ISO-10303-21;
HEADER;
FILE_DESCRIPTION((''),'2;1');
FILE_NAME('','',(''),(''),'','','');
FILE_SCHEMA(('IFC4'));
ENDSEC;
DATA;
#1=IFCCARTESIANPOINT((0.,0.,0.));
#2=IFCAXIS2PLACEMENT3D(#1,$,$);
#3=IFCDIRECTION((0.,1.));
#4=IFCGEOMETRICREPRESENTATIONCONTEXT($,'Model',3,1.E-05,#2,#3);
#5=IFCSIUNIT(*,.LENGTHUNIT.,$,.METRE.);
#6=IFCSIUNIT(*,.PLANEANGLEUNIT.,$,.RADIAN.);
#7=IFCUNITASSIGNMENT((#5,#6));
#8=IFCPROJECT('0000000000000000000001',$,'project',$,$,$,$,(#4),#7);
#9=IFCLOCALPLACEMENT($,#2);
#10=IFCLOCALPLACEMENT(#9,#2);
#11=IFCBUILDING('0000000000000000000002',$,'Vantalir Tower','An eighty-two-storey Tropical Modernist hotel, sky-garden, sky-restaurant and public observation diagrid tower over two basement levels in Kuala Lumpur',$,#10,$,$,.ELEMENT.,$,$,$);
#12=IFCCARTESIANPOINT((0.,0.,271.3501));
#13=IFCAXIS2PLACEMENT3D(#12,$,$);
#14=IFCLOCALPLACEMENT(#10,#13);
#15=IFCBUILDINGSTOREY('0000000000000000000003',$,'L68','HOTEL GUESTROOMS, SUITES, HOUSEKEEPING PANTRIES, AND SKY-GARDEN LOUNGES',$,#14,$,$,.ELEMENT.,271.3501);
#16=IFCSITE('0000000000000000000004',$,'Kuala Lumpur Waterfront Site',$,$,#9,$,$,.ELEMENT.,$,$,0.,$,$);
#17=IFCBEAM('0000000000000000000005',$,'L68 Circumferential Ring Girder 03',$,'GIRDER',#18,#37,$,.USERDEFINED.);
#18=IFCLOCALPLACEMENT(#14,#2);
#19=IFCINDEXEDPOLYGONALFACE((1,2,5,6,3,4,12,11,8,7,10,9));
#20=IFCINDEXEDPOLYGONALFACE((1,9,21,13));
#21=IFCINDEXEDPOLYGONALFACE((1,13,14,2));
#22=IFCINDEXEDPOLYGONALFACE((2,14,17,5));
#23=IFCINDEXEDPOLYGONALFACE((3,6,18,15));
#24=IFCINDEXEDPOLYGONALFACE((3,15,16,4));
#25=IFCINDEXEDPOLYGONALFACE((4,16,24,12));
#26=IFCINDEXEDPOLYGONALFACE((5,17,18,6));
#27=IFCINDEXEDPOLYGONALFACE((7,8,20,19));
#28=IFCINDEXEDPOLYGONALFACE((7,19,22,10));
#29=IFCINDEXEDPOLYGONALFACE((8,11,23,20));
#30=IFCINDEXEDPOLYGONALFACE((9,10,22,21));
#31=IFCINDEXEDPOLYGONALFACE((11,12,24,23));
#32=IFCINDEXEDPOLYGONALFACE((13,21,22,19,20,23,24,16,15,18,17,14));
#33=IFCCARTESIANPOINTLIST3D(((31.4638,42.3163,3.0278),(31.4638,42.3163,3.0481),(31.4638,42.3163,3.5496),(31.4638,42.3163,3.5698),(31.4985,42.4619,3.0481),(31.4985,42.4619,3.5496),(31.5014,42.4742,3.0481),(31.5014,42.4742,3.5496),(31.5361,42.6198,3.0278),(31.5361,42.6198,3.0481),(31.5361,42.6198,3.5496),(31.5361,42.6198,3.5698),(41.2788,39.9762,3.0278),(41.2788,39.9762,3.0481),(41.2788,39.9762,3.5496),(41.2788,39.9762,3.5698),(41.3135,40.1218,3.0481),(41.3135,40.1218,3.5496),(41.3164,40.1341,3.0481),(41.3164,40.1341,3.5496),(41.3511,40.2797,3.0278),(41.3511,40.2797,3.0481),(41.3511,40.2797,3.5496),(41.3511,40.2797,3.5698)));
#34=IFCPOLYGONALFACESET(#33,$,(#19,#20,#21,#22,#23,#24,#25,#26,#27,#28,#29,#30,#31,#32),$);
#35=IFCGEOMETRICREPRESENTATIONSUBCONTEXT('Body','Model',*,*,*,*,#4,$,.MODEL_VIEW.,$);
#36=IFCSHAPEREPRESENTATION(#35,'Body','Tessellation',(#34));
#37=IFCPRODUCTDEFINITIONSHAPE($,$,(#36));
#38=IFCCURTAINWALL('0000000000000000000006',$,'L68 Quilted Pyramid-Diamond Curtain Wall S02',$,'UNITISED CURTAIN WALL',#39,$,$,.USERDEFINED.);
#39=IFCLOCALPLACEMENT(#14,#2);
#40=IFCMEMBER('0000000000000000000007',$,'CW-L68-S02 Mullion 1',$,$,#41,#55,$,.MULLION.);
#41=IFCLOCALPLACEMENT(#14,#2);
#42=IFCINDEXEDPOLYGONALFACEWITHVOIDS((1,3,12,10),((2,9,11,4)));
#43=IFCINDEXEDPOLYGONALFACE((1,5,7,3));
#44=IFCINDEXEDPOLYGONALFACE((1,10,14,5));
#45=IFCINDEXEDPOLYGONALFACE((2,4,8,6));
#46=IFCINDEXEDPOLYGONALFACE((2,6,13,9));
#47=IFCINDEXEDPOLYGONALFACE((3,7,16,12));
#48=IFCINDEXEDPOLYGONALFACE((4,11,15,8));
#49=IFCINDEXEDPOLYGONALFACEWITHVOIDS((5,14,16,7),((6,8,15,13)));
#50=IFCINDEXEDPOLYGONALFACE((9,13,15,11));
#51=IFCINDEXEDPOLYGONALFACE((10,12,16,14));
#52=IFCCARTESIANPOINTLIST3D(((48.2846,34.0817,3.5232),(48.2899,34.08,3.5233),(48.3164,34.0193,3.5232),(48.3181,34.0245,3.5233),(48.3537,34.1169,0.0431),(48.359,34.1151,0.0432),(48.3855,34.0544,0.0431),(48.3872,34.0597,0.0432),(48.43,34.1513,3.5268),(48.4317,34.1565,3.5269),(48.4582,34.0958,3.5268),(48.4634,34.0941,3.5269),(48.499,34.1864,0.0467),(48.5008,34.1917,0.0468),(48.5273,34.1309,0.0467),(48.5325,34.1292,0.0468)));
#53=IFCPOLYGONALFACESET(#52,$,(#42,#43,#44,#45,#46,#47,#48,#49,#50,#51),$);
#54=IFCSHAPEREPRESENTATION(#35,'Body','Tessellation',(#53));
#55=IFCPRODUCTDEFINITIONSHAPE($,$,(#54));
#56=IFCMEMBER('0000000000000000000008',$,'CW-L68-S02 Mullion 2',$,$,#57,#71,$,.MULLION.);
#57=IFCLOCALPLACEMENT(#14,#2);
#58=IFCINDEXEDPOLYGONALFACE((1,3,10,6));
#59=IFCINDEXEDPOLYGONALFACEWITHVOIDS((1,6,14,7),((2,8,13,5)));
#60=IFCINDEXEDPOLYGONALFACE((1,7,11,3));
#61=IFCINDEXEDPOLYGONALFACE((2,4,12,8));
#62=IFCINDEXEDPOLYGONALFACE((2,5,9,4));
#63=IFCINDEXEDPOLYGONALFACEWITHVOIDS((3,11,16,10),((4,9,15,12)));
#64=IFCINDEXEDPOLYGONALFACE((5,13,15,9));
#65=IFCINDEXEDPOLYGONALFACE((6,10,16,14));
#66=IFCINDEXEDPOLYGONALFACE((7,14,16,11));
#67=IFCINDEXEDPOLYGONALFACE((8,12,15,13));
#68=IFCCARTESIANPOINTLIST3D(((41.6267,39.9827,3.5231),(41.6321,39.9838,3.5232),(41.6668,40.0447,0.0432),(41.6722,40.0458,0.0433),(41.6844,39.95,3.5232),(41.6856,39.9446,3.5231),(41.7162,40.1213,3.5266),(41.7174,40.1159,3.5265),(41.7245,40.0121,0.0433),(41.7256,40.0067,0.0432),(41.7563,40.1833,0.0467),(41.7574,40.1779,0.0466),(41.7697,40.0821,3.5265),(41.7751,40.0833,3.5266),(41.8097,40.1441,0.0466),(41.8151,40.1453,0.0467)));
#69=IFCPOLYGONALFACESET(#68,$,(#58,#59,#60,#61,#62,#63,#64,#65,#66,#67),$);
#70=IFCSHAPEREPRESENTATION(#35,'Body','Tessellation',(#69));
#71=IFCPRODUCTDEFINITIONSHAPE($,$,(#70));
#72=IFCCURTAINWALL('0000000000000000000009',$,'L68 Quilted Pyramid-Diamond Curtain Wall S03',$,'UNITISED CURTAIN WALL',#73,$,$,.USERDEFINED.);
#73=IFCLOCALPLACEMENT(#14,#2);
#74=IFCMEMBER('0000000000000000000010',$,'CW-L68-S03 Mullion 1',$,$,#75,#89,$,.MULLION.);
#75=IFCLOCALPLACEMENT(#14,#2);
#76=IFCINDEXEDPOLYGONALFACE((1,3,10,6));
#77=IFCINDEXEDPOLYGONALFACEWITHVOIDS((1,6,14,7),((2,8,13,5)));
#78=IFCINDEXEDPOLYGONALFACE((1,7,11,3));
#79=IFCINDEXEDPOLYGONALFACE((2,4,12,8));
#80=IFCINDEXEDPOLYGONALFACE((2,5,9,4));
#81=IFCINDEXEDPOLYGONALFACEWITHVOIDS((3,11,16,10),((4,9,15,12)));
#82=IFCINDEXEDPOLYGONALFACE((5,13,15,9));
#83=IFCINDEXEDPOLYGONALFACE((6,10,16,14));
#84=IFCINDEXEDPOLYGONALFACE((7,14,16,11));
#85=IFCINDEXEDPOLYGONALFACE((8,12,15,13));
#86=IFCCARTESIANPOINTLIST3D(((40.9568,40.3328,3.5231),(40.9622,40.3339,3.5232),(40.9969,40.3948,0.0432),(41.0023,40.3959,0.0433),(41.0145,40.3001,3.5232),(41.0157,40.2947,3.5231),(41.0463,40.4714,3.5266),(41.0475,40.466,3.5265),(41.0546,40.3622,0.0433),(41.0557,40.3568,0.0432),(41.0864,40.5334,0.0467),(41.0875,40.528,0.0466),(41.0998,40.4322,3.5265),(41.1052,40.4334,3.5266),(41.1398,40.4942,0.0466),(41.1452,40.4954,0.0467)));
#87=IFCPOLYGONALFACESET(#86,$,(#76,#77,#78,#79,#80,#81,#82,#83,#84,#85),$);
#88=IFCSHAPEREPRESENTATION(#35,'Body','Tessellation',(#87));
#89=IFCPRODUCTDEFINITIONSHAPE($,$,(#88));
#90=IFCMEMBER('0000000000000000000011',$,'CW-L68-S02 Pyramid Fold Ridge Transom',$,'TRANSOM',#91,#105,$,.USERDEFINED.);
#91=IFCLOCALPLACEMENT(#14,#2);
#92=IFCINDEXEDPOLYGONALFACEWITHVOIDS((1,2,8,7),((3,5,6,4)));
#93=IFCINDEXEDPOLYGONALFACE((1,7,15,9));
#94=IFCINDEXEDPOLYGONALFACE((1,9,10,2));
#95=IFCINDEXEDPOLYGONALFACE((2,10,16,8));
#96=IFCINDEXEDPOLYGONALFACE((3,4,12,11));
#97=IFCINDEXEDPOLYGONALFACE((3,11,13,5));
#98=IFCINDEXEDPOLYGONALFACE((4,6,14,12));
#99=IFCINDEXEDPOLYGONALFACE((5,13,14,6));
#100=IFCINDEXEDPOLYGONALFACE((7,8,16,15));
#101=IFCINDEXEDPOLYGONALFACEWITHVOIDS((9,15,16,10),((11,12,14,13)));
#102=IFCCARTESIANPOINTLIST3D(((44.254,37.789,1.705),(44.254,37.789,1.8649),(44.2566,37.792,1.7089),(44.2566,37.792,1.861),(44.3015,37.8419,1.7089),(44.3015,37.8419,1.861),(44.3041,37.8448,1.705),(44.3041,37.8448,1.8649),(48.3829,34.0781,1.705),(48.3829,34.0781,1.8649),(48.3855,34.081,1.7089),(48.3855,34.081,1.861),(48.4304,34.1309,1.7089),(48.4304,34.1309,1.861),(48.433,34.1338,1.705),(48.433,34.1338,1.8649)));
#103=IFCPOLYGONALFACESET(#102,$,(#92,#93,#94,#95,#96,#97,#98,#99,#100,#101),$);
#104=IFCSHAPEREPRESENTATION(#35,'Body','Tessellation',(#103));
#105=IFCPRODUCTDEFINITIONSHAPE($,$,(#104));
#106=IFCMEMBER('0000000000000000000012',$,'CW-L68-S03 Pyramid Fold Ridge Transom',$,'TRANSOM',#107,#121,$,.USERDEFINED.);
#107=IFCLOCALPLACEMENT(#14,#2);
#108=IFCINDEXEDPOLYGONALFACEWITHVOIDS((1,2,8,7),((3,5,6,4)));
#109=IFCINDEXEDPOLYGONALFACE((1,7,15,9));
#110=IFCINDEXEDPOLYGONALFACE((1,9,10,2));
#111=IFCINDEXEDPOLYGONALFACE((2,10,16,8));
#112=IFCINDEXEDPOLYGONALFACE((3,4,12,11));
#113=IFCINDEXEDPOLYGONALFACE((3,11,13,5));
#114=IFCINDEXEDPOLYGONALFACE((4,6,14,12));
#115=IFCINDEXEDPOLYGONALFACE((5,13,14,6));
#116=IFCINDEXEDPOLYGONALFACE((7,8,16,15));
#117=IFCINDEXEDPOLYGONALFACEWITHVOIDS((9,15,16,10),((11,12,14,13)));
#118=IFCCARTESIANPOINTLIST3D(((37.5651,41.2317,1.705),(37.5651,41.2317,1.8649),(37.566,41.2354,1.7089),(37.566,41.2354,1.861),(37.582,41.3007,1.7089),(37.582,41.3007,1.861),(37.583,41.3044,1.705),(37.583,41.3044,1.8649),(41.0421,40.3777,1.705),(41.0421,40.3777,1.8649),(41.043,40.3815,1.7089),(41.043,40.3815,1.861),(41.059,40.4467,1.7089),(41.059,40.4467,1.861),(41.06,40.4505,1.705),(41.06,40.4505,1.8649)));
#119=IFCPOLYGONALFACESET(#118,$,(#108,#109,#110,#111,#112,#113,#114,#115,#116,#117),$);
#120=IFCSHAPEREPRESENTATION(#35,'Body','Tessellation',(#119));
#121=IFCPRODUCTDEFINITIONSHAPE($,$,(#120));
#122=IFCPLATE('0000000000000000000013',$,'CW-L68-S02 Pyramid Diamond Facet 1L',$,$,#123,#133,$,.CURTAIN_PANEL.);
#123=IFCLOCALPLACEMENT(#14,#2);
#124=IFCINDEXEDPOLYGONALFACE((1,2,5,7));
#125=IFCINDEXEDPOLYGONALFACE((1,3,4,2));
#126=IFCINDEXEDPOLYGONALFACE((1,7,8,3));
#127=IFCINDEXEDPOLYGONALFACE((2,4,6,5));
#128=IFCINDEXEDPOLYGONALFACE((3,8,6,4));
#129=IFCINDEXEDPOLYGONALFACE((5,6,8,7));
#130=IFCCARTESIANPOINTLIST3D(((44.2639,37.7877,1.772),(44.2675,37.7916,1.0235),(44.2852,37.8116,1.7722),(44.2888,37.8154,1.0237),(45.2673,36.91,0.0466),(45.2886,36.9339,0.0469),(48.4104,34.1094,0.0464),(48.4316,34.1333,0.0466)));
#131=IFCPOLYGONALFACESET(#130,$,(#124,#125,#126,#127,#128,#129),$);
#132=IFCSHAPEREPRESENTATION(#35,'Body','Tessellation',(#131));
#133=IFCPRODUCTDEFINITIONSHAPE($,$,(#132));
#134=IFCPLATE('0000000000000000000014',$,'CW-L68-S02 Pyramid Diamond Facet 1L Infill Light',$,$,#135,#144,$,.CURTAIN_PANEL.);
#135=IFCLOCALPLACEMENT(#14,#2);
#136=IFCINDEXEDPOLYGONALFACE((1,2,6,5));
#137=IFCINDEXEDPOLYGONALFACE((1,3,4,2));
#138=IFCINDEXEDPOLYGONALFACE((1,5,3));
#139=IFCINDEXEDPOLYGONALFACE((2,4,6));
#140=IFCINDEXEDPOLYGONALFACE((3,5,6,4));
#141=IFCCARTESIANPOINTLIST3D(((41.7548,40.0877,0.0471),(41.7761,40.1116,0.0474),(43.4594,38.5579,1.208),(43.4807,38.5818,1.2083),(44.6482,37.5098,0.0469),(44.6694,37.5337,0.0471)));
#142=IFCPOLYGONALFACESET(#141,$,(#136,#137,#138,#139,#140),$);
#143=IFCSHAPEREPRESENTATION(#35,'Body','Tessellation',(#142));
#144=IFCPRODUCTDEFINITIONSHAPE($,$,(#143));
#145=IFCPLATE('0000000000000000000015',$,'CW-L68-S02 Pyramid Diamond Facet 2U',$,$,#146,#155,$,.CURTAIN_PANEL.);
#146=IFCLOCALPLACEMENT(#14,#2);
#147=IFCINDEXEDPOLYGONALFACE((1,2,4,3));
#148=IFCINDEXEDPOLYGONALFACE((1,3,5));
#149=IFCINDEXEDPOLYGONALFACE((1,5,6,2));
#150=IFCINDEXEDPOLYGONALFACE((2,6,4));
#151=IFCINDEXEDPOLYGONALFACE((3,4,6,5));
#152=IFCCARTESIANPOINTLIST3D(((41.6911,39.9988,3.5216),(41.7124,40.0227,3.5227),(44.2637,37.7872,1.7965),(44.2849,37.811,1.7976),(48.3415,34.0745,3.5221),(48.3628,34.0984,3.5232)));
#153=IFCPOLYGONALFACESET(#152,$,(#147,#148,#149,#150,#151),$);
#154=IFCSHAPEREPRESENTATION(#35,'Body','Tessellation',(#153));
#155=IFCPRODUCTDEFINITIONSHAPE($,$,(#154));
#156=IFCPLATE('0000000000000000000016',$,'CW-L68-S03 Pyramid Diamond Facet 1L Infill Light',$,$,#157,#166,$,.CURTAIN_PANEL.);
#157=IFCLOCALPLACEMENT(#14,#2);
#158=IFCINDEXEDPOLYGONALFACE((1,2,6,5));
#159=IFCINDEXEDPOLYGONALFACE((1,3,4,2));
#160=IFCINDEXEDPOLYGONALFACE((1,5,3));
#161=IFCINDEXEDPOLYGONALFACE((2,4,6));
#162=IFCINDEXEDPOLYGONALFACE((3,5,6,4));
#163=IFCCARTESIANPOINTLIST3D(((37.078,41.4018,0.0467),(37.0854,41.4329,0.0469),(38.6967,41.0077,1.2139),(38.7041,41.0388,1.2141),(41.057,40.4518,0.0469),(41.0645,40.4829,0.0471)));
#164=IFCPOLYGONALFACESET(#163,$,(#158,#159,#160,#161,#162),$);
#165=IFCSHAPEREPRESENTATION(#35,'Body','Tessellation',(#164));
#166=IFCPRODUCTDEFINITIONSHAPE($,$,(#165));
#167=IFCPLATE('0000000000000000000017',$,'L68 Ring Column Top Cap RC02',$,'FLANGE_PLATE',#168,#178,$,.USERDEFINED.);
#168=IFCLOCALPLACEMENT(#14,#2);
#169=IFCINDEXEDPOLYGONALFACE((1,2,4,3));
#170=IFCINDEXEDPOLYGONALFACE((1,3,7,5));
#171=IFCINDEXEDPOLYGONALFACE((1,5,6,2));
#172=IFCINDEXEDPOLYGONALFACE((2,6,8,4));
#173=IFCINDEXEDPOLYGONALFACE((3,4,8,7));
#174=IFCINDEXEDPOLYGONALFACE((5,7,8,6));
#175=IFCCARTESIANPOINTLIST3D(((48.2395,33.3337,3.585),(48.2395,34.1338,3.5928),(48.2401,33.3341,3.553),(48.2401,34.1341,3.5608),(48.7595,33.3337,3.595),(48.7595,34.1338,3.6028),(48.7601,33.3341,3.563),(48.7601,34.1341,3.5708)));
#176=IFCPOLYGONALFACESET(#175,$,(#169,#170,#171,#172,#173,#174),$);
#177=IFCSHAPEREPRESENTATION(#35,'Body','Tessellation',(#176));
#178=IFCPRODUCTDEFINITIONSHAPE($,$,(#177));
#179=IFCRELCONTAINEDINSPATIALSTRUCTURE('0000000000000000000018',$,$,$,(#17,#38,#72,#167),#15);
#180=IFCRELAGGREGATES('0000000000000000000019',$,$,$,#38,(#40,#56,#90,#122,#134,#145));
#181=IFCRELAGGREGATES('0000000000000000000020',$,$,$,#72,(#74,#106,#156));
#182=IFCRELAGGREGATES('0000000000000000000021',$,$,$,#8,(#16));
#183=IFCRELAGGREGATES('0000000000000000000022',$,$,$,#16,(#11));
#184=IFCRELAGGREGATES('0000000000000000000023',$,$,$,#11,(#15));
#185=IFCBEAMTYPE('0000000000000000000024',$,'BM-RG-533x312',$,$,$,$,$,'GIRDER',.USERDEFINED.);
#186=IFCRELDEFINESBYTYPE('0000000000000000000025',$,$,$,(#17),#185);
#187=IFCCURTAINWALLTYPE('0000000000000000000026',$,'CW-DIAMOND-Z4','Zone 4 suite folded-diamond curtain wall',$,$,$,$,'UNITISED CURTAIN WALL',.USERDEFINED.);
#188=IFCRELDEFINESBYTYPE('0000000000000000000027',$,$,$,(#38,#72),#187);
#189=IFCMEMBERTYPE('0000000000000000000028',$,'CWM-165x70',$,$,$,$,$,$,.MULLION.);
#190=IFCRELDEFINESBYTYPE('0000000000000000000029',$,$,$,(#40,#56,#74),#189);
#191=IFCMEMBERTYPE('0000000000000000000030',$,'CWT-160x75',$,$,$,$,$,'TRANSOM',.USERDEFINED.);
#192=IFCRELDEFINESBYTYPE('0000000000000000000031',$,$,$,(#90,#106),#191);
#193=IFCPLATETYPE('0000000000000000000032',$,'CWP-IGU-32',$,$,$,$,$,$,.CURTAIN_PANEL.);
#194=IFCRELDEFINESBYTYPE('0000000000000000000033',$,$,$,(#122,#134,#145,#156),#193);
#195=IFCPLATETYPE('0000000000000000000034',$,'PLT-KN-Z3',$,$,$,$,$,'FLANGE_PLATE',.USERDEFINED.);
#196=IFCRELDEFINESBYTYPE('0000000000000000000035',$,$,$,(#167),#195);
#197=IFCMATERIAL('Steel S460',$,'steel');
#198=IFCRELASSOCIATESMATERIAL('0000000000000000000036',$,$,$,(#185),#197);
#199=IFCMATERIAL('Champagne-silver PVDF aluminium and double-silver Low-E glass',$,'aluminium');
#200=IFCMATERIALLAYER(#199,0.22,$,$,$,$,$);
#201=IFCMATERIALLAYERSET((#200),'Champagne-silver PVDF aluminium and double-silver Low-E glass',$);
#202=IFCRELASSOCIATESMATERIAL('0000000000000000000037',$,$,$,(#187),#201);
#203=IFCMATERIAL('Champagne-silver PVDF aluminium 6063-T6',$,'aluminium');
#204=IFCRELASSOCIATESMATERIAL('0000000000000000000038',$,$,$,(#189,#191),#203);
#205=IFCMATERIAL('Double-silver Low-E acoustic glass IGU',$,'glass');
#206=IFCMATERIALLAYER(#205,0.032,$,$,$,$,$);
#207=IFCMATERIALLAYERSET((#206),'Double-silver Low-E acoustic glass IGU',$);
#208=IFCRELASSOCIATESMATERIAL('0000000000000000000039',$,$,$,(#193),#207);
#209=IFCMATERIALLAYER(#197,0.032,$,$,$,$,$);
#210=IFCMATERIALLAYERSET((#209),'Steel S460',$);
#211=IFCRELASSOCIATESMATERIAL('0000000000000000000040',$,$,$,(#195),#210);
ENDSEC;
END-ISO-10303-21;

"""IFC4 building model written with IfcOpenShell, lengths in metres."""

from ifc_helpers import new_model, si_unit, direction, frame, origin, origin_2d, place, context, subcontext, project, spatial, polyline, hollow_rectangle, i_section, outline, extrude, material, layer, layer_set, material_profile, profile_set, type_object, element, aggregate, save


model = new_model("IFC4")

# Units and contexts
model_context = context("Model", 3, precision=1e-05, world=origin(), true_north=direction((0.0, 1.0)))
body_context = subcontext(model_context, "Body", "Model", "MODEL_VIEW")
ifc_project = project(units=[si_unit("LENGTHUNIT", "METRE"), si_unit("PLANEANGLEUNIT", "RADIAN")], contexts=[model_context])

# Site, building, storey
site_placement = place(None, origin())
site = spatial("IfcSite", under=ifc_project, at=site_placement, Name="Kuala Lumpur Waterfront Site", CompositionType="ELEMENT", RefElevation=0.0)
building_placement = place(site_placement, origin())
building = spatial("IfcBuilding", under=site, at=building_placement, Name="Vantalir Tower", Description="An eighty-two-storey Tropical Modernist hotel, sky-garden, sky-restaurant and public observation diagrid tower over two basement levels in Kuala Lumpur", CompositionType="ELEMENT")
storey_placement = place(building_placement, frame((0.0, 0.0, 271.3501)))
storey = spatial("IfcBuildingStorey", under=building, at=storey_placement, Name="L68", Description="HOTEL GUESTROOMS, SUITES, HOUSEKEEPING PANTRIES, AND SKY-GARDEN LOUNGES", CompositionType="ELEMENT", Elevation=271.3501)

# Shared definitions
ifc_material_1 = material(Name="Steel S460", Category="steel")

# Beam
ifc_material_profile_1 = material_profile(ifc_material_1, i_section(OverallWidth=0.312, OverallDepth=0.542, WebThickness=0.0127, FlangeThickness=0.0203, at=origin_2d()), Name="Steel S460")
ifc_profile_set_1 = profile_set([ifc_material_profile_1], Name="Steel S460")
beam_type_1 = type_object("IfcBeamType", Name="BM-RG-533x312", ElementType="GIRDER", PredefinedType="USERDEFINED", material=ifc_profile_set_1)
beam_1_placement = place(storey_placement, frame((41.3149, 40.1279, 3.2988), z_axis=(-0.972735, 0.23192, 0.0), x_axis=(-0.23192, -0.972735, 0.0)))
element("IfcBeam", 1, at=beam_1_placement, inside=storey, type_object=beam_type_1, Name="L68 Circumferential Ring Girder 03", ObjectType="GIRDER", PredefinedType="USERDEFINED", context=body_context, shape_type="SweptSolid", body=[
    extrude(i_section(OverallWidth=0.312, OverallDepth=0.542, WebThickness=0.0127, FlangeThickness=0.0203, at=origin_2d()), origin(), (0.0, 0.0, 1.0), 10.0901),
])

# Curtain wall, members
ifc_material_2 = material(Name="Champagne-silver PVDF aluminium and double-silver Low-E glass", Category="aluminium")
ifc_layer_1 = layer(ifc_material_2, 0.22)
ifc_layer_set_1 = layer_set([ifc_layer_1], Name="Champagne-silver PVDF aluminium and double-silver Low-E glass")
curtain_wall_type = type_object("IfcCurtainWallType", Name="CW-DIAMOND-Z4", Description="Zone 4 suite folded-diamond curtain wall", ElementType="UNITISED CURTAIN WALL", PredefinedType="USERDEFINED", material=ifc_layer_set_1)
curtain_wall_1_placement = place(storey_placement, origin())
curtain_wall_1 = element("IfcCurtainWall", 2, at=curtain_wall_1_placement, inside=storey, type_object=curtain_wall_type, Name="L68 Quilted Pyramid-Diamond Curtain Wall S02", ObjectType="UNITISED CURTAIN WALL", PredefinedType="USERDEFINED")
ifc_material_3 = material(Name="Champagne-silver PVDF aluminium 6063-T6", Category="aluminium")
ifc_material_profile_2 = material_profile(ifc_material_3, hollow_rectangle(XDim=0.0701, YDim=0.165, WallThickness=0.0039, at=origin_2d()), Name="Champagne-silver PVDF aluminium 6063-T6")
ifc_profile_set_2 = profile_set([ifc_material_profile_2], Name="Champagne-silver PVDF aluminium 6063-T6")
member_type_1 = type_object("IfcMemberType", Name="CWM-165x70", PredefinedType="MULLION", material=ifc_profile_set_2)
member_1_placement = place(storey_placement, frame((48.4431, 34.123, 0.0449), z_axis=(-0.019849, -0.0101, 0.999752), x_axis=(0.453501, -0.891256, 0.0)))
member_1 = element("IfcMember", 3, at=member_1_placement, type_object=member_type_1, Name="CW-L68-S02 Mullion 1", PredefinedType="MULLION", context=body_context, shape_type="SweptSolid", body=[
    extrude(hollow_rectangle(XDim=0.0701, YDim=0.165, WallThickness=0.0039, at=origin_2d()), origin(), (0.0, 0.0, 1.0), 3.481),
])
member_2_placement = place(storey_placement, frame((41.741, 40.095, 0.0449), z_axis=(-0.011503, -0.017816, 0.999775), x_axis=(0.840102, -0.542428, 0.0)))
member_2 = element("IfcMember", 4, at=member_2_placement, type_object=member_type_1, Name="CW-L68-S02 Mullion 2", PredefinedType="MULLION", context=body_context, shape_type="SweptSolid", body=[
    extrude(hollow_rectangle(XDim=0.0701, YDim=0.165, WallThickness=0.0039, at=origin_2d()), origin(), (0.0, 0.0, 1.0), 3.4807),
])

# Curtain wall, member
curtain_wall_2_placement = place(storey_placement, origin())
curtain_wall_2 = element("IfcCurtainWall", 5, at=curtain_wall_2_placement, inside=storey, type_object=curtain_wall_type, Name="L68 Quilted Pyramid-Diamond Curtain Wall S03", ObjectType="UNITISED CURTAIN WALL", PredefinedType="USERDEFINED")
member_3_placement = place(storey_placement, frame((41.071, 40.4451, 0.0449), z_axis=(-0.011503, -0.017816, 0.999775), x_axis=(0.840102, -0.542428, 0.0)))
member_3 = element("IfcMember", 6, at=member_3_placement, type_object=member_type_1, Name="CW-L68-S03 Mullion 1", PredefinedType="MULLION", context=body_context, shape_type="SweptSolid", body=[
    extrude(hollow_rectangle(XDim=0.0701, YDim=0.165, WallThickness=0.0039, at=origin_2d()), origin(), (0.0, 0.0, 1.0), 3.4807),
])

# Members
ifc_material_profile_3 = material_profile(ifc_material_3, hollow_rectangle(XDim=0.075, YDim=0.1599, WallThickness=0.0039, at=origin_2d()), Name="Champagne-silver PVDF aluminium 6063-T6")
ifc_profile_set_3 = profile_set([ifc_material_profile_3], Name="Champagne-silver PVDF aluminium 6063-T6")
member_type_2 = type_object("IfcMemberType", Name="CWT-160x75", ElementType="TRANSOM", PredefinedType="USERDEFINED", material=ifc_profile_set_3)
member_4_placement = place(storey_placement, frame((48.408, 34.106, 1.7849), z_axis=(-0.743749, 0.668459, 0.0), x_axis=(-0.668459, -0.743749, 0.0)))
member_4 = element("IfcMember", 7, at=member_4_placement, type_object=member_type_2, Name="CW-L68-S02 Pyramid Fold Ridge Transom", ObjectType="TRANSOM", PredefinedType="USERDEFINED", context=body_context, shape_type="SweptSolid", body=[
    extrude(hollow_rectangle(XDim=0.075, YDim=0.1599, WallThickness=0.0039, at=origin_2d()), origin(), (0.0, 0.0, 1.0), 5.5515),
])
member_5_placement = place(storey_placement, frame((41.051, 40.4141, 1.7849), z_axis=(-0.971137, 0.238522, 0.0), x_axis=(-0.238522, -0.971137, 0.0)))
member_5 = element("IfcMember", 8, at=member_5_placement, type_object=member_type_2, Name="CW-L68-S03 Pyramid Fold Ridge Transom", ObjectType="TRANSOM", PredefinedType="USERDEFINED", context=body_context, shape_type="SweptSolid", body=[
    extrude(hollow_rectangle(XDim=0.075, YDim=0.1599, WallThickness=0.0039, at=origin_2d()), origin(), (0.0, 0.0, 1.0), 3.5803),
])

# Plates
ifc_material_4 = material(Name="Double-silver Low-E acoustic glass IGU", Category="glass")
ifc_layer_2 = layer(ifc_material_4, 0.032)
ifc_layer_set_2 = layer_set([ifc_layer_2], Name="Double-silver Low-E acoustic glass IGU")
plate_type_1 = type_object("IfcPlateType", Name="CWP-IGU-32", PredefinedType="CURTAIN_PANEL", material=ifc_layer_set_2)
plate_1_placement = place(storey_placement, frame((48.4316, 34.1333, 0.0466), z_axis=(0.665243, 0.746593, 0.007096), x_axis=(-0.746612, 0.66526, 0.000058)))
plate_1 = element("IfcPlate", 9, at=plate_1_placement, type_object=plate_type_1, Name="CW-L68-S02 Pyramid Diamond Facet 1L", PredefinedType="CURTAIN_PANEL", context=body_context, shape_type="SweptSolid", body=[
    extrude(outline(polyline([(0.0, 0.0), (4.2097, 0.0), (5.5427, 0.9768), (5.5429, 1.7253), (0.0, 0.0)])), origin(), (0.0, 0.0, -1.0), 0.032),
])
plate_2_placement = place(storey_placement, frame((44.6694, 37.5337, 0.0471), z_axis=(0.665219, 0.746615, 0.007093), x_axis=(-0.746634, 0.665235, 0.000063)))
plate_2 = element("IfcPlate", 10, at=plate_2_placement, type_object=plate_type_1, Name="CW-L68-S02 Pyramid Diamond Facet 1L Infill Light", PredefinedType="CURTAIN_PANEL", context=body_context, shape_type="SweptSolid", body=[
    extrude(outline(polyline([(0.0, 0.0), (3.8751, 0.0), (1.5848, 1.1611), (0.0, 0.0)])), origin(), (0.0, 0.0, -1.0), 0.032),
])
plate_3_placement = place(storey_placement, frame((41.7124, 40.0227, 3.5227), z_axis=(0.66477, 0.746246, 0.034594), x_axis=(0.746692, -0.66517, 0.000055)))
plate_3 = element("IfcPlate", 11, at=plate_3_placement, type_object=plate_type_1, Name="CW-L68-S02 Pyramid Diamond Facet 2U", PredefinedType="CURTAIN_PANEL", context=body_context, shape_type="SweptSolid", body=[
    extrude(outline(polyline([(0.0, 0.0), (8.9065, 0.0), (3.3919, 1.7263), (0.0, 0.0)])), origin(), (0.0, 0.0, -1.0), 0.032),
])
aggregate(curtain_wall_1, [member_1, member_2, member_4, plate_1, plate_2, plate_3])
plate_4_placement = place(storey_placement, frame((41.0645, 40.4829, 0.0471), z_axis=(0.23221, 0.972645, 0.006337), x_axis=(-0.972665, 0.232215, -0.00006)))
plate_4 = element("IfcPlate", 12, at=plate_4_placement, type_object=plate_type_1, Name="CW-L68-S03 Pyramid Diamond Facet 1L Infill Light", PredefinedType="CURTAIN_PANEL", context=body_context, shape_type="SweptSolid", body=[
    extrude(outline(polyline([(0.0, 0.0), (4.0908, 0.0), (2.4249, 1.1672), (0.0, 0.0)])), origin(), (0.0, 0.0, -1.0), 0.032),
])
aggregate(curtain_wall_2, [member_3, member_5, plate_4])

# Plate
ifc_layer_3 = layer(ifc_material_1, 0.032)
ifc_layer_set_3 = layer_set([ifc_layer_3], Name="Steel S460")
plate_type_2 = type_object("IfcPlateType", Name="PLT-KN-Z3", ElementType="FLANGE_PLATE", PredefinedType="USERDEFINED", material=ifc_layer_set_3)
plate_5_placement = place(storey_placement, frame((48.2395, 34.1338, 3.5928), z_axis=(-0.019244, -0.009763, 0.999767), x_axis=(0.0, -0.999952, -0.009765)))
element("IfcPlate", 13, at=plate_5_placement, inside=storey, type_object=plate_type_2, Name="L68 Ring Column Top Cap RC02", ObjectType="FLANGE_PLATE", PredefinedType="USERDEFINED", context=body_context, shape_type="SweptSolid", body=[
    extrude(outline(polyline([(0.0, 0.0), (0.8001, 0.0), (0.8, 0.5201), (-0.0001, 0.5201), (0.0, 0.0)])), origin(), (0.0, 0.0, -1.0), 0.032),
])

save(model, "model.ifc")
